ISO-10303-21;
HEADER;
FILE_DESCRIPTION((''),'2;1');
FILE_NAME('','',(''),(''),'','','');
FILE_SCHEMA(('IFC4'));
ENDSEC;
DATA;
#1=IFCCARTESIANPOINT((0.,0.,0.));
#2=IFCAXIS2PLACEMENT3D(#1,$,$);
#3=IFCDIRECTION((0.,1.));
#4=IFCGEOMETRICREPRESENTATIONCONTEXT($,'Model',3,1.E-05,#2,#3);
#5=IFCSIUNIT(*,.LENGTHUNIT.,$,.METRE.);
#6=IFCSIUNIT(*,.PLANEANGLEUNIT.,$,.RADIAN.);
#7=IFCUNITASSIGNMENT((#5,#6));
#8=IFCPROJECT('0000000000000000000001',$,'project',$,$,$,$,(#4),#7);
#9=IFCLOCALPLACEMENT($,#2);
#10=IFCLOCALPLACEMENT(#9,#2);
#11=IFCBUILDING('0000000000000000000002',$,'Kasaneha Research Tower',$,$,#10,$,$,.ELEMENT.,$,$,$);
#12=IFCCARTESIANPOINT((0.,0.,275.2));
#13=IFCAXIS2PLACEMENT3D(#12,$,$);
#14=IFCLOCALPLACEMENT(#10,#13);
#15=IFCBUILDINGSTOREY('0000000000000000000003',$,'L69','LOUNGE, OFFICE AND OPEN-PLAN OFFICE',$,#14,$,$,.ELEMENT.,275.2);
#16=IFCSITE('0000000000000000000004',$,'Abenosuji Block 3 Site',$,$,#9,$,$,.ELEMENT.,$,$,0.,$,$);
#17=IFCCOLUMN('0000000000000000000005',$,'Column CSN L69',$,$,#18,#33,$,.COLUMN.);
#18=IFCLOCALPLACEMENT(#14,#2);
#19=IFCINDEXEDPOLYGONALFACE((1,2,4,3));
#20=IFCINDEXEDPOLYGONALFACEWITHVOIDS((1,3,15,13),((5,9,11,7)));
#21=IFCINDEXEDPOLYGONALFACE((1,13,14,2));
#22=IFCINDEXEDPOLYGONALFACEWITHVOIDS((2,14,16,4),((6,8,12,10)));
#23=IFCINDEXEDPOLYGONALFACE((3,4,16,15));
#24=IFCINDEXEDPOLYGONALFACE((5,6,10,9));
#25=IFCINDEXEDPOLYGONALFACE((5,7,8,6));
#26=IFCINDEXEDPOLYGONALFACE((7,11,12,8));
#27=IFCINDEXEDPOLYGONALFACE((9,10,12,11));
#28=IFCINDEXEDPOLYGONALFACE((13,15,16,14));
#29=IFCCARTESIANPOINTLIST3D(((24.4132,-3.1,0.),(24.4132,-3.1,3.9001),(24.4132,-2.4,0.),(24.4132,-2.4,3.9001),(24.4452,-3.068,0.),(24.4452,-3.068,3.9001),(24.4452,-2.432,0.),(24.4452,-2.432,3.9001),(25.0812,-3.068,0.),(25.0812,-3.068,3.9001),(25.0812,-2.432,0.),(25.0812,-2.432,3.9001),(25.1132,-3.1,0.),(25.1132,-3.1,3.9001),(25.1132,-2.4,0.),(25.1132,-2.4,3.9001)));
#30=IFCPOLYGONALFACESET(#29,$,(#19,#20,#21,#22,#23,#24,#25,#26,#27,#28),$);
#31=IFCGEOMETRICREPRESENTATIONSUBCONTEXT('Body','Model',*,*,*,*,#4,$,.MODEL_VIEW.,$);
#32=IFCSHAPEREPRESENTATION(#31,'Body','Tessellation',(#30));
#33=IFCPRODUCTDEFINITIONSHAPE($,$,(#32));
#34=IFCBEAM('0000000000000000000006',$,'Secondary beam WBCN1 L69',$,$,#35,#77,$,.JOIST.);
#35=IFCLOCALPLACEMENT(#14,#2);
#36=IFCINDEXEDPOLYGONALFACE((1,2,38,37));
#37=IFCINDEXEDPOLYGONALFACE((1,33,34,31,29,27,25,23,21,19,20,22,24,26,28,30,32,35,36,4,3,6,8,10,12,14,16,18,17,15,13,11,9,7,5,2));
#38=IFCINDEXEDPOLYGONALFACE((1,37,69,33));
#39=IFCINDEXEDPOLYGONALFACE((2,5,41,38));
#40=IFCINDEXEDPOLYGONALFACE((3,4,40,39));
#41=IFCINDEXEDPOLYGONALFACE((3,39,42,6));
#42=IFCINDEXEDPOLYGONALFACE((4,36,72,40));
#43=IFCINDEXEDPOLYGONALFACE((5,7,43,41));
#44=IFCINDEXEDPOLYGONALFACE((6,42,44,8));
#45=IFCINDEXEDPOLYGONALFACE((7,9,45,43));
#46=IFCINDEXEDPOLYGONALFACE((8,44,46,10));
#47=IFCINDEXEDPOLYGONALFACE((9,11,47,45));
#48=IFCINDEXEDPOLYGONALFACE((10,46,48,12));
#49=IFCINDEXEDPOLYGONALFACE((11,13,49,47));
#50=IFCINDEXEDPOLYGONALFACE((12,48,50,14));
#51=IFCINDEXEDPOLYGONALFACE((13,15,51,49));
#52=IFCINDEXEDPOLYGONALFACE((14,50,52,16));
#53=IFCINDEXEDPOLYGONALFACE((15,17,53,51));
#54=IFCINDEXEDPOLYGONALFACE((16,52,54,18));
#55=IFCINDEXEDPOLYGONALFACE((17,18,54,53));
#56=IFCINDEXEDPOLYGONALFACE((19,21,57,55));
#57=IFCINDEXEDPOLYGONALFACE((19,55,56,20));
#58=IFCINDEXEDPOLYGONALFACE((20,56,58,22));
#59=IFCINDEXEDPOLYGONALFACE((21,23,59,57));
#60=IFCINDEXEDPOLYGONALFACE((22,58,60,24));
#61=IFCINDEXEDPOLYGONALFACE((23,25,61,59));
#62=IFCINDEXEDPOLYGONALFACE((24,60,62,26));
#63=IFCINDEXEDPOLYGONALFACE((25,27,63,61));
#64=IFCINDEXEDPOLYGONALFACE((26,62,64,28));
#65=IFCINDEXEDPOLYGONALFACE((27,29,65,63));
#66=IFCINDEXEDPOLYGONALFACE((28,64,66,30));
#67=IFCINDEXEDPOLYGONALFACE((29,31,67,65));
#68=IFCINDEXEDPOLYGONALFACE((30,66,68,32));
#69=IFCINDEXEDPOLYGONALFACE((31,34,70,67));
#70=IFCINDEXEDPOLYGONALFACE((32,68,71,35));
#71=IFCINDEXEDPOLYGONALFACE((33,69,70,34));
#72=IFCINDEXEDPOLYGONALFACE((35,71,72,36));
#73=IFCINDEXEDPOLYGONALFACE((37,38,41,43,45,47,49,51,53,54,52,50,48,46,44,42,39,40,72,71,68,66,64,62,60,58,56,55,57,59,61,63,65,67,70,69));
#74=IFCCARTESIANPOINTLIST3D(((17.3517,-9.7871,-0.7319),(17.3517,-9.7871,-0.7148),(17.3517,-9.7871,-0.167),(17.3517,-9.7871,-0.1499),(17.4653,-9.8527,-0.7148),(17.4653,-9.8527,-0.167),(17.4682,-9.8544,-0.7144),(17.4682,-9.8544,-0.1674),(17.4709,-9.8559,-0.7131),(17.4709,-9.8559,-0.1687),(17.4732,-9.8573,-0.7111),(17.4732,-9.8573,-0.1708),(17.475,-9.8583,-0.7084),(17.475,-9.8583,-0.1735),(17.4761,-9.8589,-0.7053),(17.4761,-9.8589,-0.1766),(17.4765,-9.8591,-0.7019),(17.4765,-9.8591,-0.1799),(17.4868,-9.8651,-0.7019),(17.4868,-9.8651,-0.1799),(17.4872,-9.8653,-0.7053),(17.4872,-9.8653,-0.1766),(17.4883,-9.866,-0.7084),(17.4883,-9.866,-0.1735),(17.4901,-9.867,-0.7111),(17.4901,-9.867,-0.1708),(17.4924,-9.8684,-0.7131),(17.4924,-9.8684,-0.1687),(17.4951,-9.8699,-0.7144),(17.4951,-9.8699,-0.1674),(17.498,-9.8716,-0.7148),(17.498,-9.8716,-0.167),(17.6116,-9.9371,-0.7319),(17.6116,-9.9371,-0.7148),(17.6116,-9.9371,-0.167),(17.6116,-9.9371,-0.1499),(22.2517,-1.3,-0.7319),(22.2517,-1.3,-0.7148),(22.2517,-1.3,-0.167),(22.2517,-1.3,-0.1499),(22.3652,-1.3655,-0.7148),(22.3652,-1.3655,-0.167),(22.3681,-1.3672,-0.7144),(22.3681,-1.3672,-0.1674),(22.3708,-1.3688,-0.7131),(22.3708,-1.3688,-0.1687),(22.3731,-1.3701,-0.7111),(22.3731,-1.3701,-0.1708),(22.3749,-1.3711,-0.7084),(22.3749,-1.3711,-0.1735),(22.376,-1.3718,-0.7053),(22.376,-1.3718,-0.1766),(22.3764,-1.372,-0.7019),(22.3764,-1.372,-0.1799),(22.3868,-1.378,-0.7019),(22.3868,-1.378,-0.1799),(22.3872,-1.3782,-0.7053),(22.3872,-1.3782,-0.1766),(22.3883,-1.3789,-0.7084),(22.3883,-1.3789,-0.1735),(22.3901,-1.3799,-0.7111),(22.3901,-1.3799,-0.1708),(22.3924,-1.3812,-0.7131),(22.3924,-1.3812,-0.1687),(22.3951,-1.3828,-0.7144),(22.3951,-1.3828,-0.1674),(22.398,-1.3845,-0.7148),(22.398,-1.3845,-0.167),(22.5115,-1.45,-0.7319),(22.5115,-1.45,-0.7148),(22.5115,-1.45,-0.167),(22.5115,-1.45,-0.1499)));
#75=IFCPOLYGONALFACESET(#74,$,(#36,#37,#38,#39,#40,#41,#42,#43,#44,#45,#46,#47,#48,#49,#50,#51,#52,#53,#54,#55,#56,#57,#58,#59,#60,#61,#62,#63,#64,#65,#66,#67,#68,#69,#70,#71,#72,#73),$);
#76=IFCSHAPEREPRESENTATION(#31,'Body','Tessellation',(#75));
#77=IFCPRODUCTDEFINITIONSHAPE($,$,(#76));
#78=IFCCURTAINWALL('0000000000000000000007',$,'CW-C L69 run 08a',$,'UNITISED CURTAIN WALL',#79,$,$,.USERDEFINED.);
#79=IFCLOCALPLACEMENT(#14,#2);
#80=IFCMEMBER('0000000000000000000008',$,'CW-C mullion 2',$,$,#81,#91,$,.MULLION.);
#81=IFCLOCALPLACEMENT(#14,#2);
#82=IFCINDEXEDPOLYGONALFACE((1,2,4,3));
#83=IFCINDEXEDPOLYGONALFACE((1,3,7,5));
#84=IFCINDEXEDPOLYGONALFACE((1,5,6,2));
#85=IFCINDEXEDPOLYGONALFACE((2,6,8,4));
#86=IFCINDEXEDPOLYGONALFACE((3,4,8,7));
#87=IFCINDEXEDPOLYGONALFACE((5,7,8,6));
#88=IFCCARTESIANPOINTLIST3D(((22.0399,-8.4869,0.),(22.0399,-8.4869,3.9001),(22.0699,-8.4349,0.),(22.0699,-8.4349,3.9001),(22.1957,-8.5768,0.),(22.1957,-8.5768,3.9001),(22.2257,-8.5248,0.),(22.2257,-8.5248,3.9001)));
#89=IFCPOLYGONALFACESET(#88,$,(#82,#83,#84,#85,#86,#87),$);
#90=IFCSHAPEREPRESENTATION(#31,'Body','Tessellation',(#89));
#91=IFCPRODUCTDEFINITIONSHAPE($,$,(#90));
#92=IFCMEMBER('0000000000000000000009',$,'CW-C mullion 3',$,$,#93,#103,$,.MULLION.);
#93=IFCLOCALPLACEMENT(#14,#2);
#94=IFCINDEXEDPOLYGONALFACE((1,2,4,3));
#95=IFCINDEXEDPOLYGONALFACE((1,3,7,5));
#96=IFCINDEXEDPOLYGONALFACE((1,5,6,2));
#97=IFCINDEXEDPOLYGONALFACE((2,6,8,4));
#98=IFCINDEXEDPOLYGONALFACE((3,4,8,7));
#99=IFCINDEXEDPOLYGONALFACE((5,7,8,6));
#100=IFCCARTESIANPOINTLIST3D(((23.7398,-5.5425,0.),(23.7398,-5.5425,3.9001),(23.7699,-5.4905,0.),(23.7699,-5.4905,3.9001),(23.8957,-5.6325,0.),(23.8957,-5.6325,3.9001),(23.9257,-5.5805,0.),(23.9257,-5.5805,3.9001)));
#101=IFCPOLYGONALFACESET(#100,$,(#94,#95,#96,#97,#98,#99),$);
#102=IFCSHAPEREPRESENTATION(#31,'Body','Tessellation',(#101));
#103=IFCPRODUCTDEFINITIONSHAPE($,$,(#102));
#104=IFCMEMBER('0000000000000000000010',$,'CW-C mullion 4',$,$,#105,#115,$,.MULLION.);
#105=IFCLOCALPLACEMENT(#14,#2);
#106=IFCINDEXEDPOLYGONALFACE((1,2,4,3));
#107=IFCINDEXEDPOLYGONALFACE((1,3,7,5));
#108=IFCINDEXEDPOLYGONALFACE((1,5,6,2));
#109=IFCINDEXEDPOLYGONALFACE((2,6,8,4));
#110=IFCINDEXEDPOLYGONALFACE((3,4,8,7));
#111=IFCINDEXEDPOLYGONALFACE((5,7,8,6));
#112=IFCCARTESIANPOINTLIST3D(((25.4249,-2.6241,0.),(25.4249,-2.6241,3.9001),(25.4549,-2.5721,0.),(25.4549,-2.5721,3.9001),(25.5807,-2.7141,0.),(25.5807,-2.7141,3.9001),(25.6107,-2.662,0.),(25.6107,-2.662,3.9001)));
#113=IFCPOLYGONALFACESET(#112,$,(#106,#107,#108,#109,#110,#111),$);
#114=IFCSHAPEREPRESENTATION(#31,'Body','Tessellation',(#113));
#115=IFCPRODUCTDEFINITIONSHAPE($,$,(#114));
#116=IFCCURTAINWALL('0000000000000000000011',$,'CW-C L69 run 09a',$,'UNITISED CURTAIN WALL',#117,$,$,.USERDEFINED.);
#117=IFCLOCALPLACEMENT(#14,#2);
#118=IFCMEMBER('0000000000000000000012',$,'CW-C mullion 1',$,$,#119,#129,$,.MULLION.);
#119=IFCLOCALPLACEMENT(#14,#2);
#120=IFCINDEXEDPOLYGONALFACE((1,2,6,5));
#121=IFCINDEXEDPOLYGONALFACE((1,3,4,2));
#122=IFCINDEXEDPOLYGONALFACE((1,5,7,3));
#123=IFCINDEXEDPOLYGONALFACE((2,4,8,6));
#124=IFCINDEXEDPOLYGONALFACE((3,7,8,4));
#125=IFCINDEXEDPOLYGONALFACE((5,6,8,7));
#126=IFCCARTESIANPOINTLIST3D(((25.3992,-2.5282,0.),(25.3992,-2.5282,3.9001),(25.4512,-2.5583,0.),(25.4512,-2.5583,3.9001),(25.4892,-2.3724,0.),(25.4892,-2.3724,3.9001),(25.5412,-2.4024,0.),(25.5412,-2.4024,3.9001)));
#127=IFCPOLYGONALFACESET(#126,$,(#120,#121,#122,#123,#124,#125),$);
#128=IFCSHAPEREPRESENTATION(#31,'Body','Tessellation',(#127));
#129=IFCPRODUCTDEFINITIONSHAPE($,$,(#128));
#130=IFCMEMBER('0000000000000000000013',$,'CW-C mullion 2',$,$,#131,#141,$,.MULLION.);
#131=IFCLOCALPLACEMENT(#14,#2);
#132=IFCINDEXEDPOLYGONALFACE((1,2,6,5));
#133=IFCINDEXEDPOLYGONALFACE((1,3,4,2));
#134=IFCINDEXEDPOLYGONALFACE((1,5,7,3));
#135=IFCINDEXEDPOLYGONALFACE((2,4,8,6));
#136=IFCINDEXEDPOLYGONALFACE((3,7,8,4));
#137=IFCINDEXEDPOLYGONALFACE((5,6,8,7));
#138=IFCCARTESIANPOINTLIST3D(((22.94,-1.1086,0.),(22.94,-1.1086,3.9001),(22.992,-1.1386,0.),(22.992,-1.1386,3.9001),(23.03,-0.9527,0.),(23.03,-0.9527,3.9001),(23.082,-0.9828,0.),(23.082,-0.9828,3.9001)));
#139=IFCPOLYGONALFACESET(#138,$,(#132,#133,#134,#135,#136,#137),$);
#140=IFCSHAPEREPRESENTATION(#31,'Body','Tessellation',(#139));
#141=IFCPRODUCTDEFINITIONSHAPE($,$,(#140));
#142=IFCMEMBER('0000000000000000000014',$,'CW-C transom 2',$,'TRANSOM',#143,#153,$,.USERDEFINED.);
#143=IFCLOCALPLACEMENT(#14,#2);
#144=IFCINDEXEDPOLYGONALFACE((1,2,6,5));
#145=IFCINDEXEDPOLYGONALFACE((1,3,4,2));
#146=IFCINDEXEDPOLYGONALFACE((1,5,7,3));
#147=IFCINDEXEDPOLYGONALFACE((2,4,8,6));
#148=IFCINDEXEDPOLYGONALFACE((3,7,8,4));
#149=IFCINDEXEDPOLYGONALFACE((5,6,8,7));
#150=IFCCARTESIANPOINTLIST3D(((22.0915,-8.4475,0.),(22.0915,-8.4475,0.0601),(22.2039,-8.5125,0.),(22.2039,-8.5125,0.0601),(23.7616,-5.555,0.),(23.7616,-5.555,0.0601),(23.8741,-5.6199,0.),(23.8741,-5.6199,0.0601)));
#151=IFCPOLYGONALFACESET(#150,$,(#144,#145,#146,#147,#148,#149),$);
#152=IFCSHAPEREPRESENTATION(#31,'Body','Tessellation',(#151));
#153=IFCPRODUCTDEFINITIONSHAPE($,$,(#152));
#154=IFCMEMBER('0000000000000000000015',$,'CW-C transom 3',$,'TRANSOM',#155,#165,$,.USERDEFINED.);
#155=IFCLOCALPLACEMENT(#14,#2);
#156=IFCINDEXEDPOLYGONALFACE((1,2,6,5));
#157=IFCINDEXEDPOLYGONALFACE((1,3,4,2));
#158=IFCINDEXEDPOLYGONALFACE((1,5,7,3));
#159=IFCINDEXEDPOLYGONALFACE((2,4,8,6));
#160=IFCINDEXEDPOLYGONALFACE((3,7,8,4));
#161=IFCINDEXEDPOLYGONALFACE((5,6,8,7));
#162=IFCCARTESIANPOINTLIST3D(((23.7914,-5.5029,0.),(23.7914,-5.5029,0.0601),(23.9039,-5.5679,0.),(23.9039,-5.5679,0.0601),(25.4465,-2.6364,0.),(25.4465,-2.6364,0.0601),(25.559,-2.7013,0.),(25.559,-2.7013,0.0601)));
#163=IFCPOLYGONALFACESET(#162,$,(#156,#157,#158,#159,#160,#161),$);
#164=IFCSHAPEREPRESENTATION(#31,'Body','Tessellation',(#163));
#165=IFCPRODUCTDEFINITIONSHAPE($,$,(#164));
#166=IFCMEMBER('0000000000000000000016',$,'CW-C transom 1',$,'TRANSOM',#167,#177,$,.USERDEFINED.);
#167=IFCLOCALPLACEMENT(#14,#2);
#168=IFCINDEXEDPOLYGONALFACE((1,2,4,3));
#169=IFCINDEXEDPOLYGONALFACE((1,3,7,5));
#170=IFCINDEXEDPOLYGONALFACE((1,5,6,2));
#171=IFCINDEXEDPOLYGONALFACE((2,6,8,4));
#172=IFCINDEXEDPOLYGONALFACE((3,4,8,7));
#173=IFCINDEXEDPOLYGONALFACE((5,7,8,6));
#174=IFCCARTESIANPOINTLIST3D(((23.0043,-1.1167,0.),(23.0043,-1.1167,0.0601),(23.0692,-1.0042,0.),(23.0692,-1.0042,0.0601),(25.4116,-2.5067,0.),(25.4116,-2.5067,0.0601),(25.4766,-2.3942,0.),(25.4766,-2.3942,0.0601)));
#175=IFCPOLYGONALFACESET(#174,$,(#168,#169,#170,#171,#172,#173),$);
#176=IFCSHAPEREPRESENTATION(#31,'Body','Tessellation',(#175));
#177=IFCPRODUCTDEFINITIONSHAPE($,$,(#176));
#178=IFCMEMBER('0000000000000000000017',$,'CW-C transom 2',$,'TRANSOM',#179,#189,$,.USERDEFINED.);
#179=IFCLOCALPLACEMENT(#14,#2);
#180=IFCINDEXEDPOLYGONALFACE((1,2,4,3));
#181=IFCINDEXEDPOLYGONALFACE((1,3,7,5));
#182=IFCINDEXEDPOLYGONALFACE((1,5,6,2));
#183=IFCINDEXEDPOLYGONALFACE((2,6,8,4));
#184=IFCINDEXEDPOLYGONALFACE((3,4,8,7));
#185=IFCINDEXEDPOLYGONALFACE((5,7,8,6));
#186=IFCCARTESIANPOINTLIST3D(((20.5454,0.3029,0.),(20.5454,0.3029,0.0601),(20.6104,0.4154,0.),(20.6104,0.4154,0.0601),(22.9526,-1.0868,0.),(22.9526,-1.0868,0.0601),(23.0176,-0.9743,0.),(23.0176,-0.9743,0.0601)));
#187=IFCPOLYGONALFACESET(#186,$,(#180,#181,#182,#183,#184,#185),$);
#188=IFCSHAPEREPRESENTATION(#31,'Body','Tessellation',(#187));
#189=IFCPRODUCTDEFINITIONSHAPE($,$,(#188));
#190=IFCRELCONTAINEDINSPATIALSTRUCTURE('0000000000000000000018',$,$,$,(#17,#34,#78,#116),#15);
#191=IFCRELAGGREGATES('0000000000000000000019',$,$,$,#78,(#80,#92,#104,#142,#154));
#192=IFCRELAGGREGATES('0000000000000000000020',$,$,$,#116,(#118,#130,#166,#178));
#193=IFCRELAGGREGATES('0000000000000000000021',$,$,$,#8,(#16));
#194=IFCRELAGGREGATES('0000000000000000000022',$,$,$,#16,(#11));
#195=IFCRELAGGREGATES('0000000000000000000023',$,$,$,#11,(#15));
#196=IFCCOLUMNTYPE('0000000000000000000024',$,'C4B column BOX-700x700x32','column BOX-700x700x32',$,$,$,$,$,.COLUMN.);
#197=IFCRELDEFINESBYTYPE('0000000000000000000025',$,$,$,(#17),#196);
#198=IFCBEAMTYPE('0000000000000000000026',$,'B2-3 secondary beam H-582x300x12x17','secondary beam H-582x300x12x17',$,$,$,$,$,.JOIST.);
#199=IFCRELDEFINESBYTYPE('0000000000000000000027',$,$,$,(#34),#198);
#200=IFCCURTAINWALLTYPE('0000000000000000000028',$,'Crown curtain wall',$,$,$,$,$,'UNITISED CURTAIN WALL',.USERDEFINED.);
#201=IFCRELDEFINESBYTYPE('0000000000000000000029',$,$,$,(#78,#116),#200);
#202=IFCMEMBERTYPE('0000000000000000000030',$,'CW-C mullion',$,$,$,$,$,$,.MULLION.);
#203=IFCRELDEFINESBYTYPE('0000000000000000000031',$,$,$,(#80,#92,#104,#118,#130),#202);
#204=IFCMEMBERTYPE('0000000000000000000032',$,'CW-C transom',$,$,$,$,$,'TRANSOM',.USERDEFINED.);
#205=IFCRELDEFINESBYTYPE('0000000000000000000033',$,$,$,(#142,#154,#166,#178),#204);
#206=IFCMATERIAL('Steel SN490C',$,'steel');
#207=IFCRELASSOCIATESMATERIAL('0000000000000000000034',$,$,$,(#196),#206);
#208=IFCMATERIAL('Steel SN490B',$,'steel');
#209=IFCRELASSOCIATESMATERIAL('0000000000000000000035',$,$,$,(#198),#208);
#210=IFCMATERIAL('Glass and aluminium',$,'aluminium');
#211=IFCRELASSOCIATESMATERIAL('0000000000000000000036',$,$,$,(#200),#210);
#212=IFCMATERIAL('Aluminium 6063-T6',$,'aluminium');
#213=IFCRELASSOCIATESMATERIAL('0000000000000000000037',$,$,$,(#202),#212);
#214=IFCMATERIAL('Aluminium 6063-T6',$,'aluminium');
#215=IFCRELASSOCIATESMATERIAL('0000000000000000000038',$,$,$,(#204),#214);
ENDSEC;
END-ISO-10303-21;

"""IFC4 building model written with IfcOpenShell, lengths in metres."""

from ifc_helpers import new_model, si_unit, direction, frame, origin, origin_2d, place, context, subcontext, project, spatial, rectangle, hollow_rectangle, i_section, extrude, material, material_profile, profile_set, type_object, element, aggregate, save


model = new_model("IFC4")

# Units and contexts
model_context = context("Model", 3, precision=1e-05, world=origin(), true_north=direction((0.0, 1.0)))
body_context = subcontext(model_context, "Body", "Model", "MODEL_VIEW")
ifc_project = project(units=[si_unit("LENGTHUNIT", "METRE"), si_unit("PLANEANGLEUNIT", "RADIAN")], contexts=[model_context])

# Site, building, storey
site_placement = place(None, origin())
site = spatial("IfcSite", under=ifc_project, at=site_placement, Name="Abenosuji Block 3 Site", CompositionType="ELEMENT", RefElevation=0.0)
building_placement = place(site_placement, origin())
building = spatial("IfcBuilding", under=site, at=building_placement, Name="Kasaneha Research Tower", CompositionType="ELEMENT")
storey_placement = place(building_placement, frame((0.0, 0.0, 275.2)))
storey = spatial("IfcBuildingStorey", under=building, at=storey_placement, Name="L69", Description="LOUNGE, OFFICE AND OPEN-PLAN OFFICE", CompositionType="ELEMENT", Elevation=275.2)

# Column
ifc_material_1 = material(Name="Steel SN490C", Category="steel")
ifc_material_profile_1 = material_profile(ifc_material_1, hollow_rectangle(XDim=0.7, YDim=0.7, WallThickness=0.032, at=origin_2d()), Name="BOX-700x700x32")
ifc_profile_set_1 = profile_set([ifc_material_profile_1], Name="Steel SN490C")
column_type = type_object("IfcColumnType", Name="C4B column BOX-700x700x32", Description="column BOX-700x700x32", PredefinedType="COLUMN", material=ifc_profile_set_1)
column_placement = place(storey_placement, frame((24.7632, -2.75, 0.0), z_axis=(0.0, 0.0, 1.0), x_axis=(1.0, 0.0, 0.0)))
element("IfcColumn", 1, at=column_placement, inside=storey, type_object=column_type, Name="Column CSN L69", PredefinedType="COLUMN", context=body_context, shape_type="SweptSolid", body=[
    extrude(hollow_rectangle(XDim=0.7, YDim=0.7, WallThickness=0.032, at=origin_2d()), origin(), (0.0, 0.0, 1.0), 3.9001),
])

# Beam
ifc_material_2 = material(Name="Steel SN490B", Category="steel")
ifc_material_profile_2 = material_profile(ifc_material_2, i_section(OverallWidth=0.3, OverallDepth=0.582, WebThickness=0.012, FlangeThickness=0.0171, FilletRadius=0.0129, at=origin_2d()), Name="H-582x300x12x17")
ifc_profile_set_2 = profile_set([ifc_material_profile_2], Name="Steel SN490B")
beam_type_1 = type_object("IfcBeamType", Name="B2-3 secondary beam H-582x300x12x17", Description="secondary beam H-582x300x12x17", PredefinedType="JOIST", material=ifc_profile_set_2)
beam_1_placement = place(storey_placement, frame((22.3816, -1.375, -0.4409), z_axis=(-0.499992, -0.86603, 0.0), x_axis=(0.86603, -0.499992, 0.0)))
element("IfcBeam", 2, at=beam_1_placement, inside=storey, type_object=beam_type_1, Name="Secondary beam WBCN1 L69", PredefinedType="JOIST", context=body_context, shape_type="SweptSolid", body=[
    extrude(i_section(OverallWidth=0.3, OverallDepth=0.582, WebThickness=0.012, FlangeThickness=0.0171, FilletRadius=0.0129, at=origin_2d()), origin(), (0.0, 0.0, 1.0), 9.8),
])

# Curtain walls, members
ifc_material_3 = material(Name="Glass and aluminium", Category="aluminium")
curtain_wall_type = type_object("IfcCurtainWallType", Name="Crown curtain wall", ElementType="UNITISED CURTAIN WALL", PredefinedType="USERDEFINED", material=ifc_material_3)
curtain_wall_1_placement = place(storey_placement, origin())
curtain_wall_1 = element("IfcCurtainWall", 3, at=curtain_wall_1_placement, inside=storey, type_object=curtain_wall_type, Name="CW-C L69 run 08a", ObjectType="UNITISED CURTAIN WALL", PredefinedType="USERDEFINED")
ifc_material_4 = material(Name="Aluminium 6063-T6", Category="aluminium")
ifc_material_profile_3 = material_profile(ifc_material_4, rectangle(XDim=0.0601, YDim=0.1799, at=origin_2d()), Name="CW-C mullion 60x180")
ifc_profile_set_3 = profile_set([ifc_material_profile_3], Name="Aluminium 6063-T6")
member_type_1 = type_object("IfcMemberType", Name="CW-C mullion", PredefinedType="MULLION", material=ifc_profile_set_3)
member_1_placement = place(storey_placement, frame((22.1328, -8.5059, 0.0), z_axis=(0.0, 0.0, 1.0), x_axis=(0.5, 0.866025, 0.0)))
member_1 = element("IfcMember", 4, at=member_1_placement, type_object=member_type_1, Name="CW-C mullion 2", PredefinedType="MULLION", context=body_context, shape_type="SweptSolid", body=[
    extrude(rectangle(XDim=0.0601, YDim=0.1799, at=origin_2d()), origin(), (0.0, 0.0, 1.0), 3.9001),
])
member_2_placement = place(storey_placement, frame((23.8328, -5.5615, 0.0), z_axis=(0.0, 0.0, 1.0), x_axis=(0.5, 0.866025, 0.0)))
member_2 = element("IfcMember", 5, at=member_2_placement, type_object=member_type_1, Name="CW-C mullion 3", PredefinedType="MULLION", context=body_context, shape_type="SweptSolid", body=[
    extrude(rectangle(XDim=0.0601, YDim=0.1799, at=origin_2d()), origin(), (0.0, 0.0, 1.0), 3.9001),
])
member_3_placement = place(storey_placement, frame((25.5178, -2.6431, 0.0), z_axis=(0.0, 0.0, 1.0), x_axis=(0.5, 0.866025, 0.0)))
member_3 = element("IfcMember", 6, at=member_3_placement, type_object=member_type_1, Name="CW-C mullion 4", PredefinedType="MULLION", context=body_context, shape_type="SweptSolid", body=[
    extrude(rectangle(XDim=0.0601, YDim=0.1799, at=origin_2d()), origin(), (0.0, 0.0, 1.0), 3.9001),
])
curtain_wall_2_placement = place(storey_placement, origin())
curtain_wall_2 = element("IfcCurtainWall", 7, at=curtain_wall_2_placement, inside=storey, type_object=curtain_wall_type, Name="CW-C L69 run 09a", ObjectType="UNITISED CURTAIN WALL", PredefinedType="USERDEFINED")
member_4_placement = place(storey_placement, frame((25.4702, -2.4653, 0.0), z_axis=(0.0, 0.0, 1.0), x_axis=(-0.866025, 0.5, 0.0)))
member_4 = element("IfcMember", 8, at=member_4_placement, type_object=member_type_1, Name="CW-C mullion 1", PredefinedType="MULLION", context=body_context, shape_type="SweptSolid", body=[
    extrude(rectangle(XDim=0.0601, YDim=0.1799, at=origin_2d()), origin(), (0.0, 0.0, 1.0), 3.9001),
])
member_5_placement = place(storey_placement, frame((23.011, -1.0457, 0.0), z_axis=(0.0, 0.0, 1.0), x_axis=(-0.866025, 0.5, 0.0)))
member_5 = element("IfcMember", 9, at=member_5_placement, type_object=member_type_1, Name="CW-C mullion 2", PredefinedType="MULLION", context=body_context, shape_type="SweptSolid", body=[
    extrude(rectangle(XDim=0.0601, YDim=0.1799, at=origin_2d()), origin(), (0.0, 0.0, 1.0), 3.9001),
])

# Members
ifc_material_5 = material(Name="Aluminium 6063-T6", Category="aluminium")
ifc_material_profile_4 = material_profile(ifc_material_5, rectangle(XDim=0.1299, YDim=0.0601, at=origin_2d()), Name="CW-C transom 130x60")
ifc_profile_set_4 = profile_set([ifc_material_profile_4], Name="Aluminium 6063-T6")
member_type_2 = type_object("IfcMemberType", Name="CW-C transom", ElementType="TRANSOM", PredefinedType="USERDEFINED", material=ifc_profile_set_4)
member_6_placement = place(storey_placement, frame((22.1477, -8.48, 0.03), z_axis=(0.50003, 0.866008, 0.0), x_axis=(-0.866008, 0.50003, 0.0)))
member_6 = element("IfcMember", 10, at=member_6_placement, type_object=member_type_2, Name="CW-C transom 2", ObjectType="TRANSOM", PredefinedType="USERDEFINED", context=body_context, shape_type="SweptSolid", body=[
    extrude(rectangle(XDim=0.1299, YDim=0.0601, at=origin_2d()), origin(), (0.0, 0.0, 1.0), 3.3401),
])
member_7_placement = place(storey_placement, frame((23.8477, -5.5354, 0.03), z_axis=(0.500018, 0.866015, 0.0), x_axis=(-0.866015, 0.500018, 0.0)))
member_7 = element("IfcMember", 11, at=member_7_placement, type_object=member_type_2, Name="CW-C transom 3", ObjectType="TRANSOM", PredefinedType="USERDEFINED", context=body_context, shape_type="SweptSolid", body=[
    extrude(rectangle(XDim=0.1299, YDim=0.0601, at=origin_2d()), origin(), (0.0, 0.0, 1.0), 3.3101),
])
member_8_placement = place(storey_placement, frame((25.4441, -2.4504, 0.03), z_axis=(-0.866013, 0.500021, 0.0), x_axis=(-0.500021, -0.866013, 0.0)))
member_8 = element("IfcMember", 12, at=member_8_placement, type_object=member_type_2, Name="CW-C transom 1", ObjectType="TRANSOM", PredefinedType="USERDEFINED", context=body_context, shape_type="SweptSolid", body=[
    extrude(rectangle(XDim=0.1299, YDim=0.0601, at=origin_2d()), origin(), (0.0, 0.0, 1.0), 2.7798),
])
member_9_placement = place(storey_placement, frame((22.9851, -1.0305, 0.03), z_axis=(-0.866051, 0.499956, 0.0), x_axis=(-0.499956, -0.866051, 0.0)))
member_9 = element("IfcMember", 13, at=member_9_placement, type_object=member_type_2, Name="CW-C transom 2", ObjectType="TRANSOM", PredefinedType="USERDEFINED", context=body_context, shape_type="SweptSolid", body=[
    extrude(rectangle(XDim=0.1299, YDim=0.0601, at=origin_2d()), origin(), (0.0, 0.0, 1.0), 2.7795),
])

aggregate(curtain_wall_1, [member_1, member_2, member_3, member_6, member_7])
aggregate(curtain_wall_2, [member_4, member_5, member_8, member_9])

save(model, "model.ifc")
